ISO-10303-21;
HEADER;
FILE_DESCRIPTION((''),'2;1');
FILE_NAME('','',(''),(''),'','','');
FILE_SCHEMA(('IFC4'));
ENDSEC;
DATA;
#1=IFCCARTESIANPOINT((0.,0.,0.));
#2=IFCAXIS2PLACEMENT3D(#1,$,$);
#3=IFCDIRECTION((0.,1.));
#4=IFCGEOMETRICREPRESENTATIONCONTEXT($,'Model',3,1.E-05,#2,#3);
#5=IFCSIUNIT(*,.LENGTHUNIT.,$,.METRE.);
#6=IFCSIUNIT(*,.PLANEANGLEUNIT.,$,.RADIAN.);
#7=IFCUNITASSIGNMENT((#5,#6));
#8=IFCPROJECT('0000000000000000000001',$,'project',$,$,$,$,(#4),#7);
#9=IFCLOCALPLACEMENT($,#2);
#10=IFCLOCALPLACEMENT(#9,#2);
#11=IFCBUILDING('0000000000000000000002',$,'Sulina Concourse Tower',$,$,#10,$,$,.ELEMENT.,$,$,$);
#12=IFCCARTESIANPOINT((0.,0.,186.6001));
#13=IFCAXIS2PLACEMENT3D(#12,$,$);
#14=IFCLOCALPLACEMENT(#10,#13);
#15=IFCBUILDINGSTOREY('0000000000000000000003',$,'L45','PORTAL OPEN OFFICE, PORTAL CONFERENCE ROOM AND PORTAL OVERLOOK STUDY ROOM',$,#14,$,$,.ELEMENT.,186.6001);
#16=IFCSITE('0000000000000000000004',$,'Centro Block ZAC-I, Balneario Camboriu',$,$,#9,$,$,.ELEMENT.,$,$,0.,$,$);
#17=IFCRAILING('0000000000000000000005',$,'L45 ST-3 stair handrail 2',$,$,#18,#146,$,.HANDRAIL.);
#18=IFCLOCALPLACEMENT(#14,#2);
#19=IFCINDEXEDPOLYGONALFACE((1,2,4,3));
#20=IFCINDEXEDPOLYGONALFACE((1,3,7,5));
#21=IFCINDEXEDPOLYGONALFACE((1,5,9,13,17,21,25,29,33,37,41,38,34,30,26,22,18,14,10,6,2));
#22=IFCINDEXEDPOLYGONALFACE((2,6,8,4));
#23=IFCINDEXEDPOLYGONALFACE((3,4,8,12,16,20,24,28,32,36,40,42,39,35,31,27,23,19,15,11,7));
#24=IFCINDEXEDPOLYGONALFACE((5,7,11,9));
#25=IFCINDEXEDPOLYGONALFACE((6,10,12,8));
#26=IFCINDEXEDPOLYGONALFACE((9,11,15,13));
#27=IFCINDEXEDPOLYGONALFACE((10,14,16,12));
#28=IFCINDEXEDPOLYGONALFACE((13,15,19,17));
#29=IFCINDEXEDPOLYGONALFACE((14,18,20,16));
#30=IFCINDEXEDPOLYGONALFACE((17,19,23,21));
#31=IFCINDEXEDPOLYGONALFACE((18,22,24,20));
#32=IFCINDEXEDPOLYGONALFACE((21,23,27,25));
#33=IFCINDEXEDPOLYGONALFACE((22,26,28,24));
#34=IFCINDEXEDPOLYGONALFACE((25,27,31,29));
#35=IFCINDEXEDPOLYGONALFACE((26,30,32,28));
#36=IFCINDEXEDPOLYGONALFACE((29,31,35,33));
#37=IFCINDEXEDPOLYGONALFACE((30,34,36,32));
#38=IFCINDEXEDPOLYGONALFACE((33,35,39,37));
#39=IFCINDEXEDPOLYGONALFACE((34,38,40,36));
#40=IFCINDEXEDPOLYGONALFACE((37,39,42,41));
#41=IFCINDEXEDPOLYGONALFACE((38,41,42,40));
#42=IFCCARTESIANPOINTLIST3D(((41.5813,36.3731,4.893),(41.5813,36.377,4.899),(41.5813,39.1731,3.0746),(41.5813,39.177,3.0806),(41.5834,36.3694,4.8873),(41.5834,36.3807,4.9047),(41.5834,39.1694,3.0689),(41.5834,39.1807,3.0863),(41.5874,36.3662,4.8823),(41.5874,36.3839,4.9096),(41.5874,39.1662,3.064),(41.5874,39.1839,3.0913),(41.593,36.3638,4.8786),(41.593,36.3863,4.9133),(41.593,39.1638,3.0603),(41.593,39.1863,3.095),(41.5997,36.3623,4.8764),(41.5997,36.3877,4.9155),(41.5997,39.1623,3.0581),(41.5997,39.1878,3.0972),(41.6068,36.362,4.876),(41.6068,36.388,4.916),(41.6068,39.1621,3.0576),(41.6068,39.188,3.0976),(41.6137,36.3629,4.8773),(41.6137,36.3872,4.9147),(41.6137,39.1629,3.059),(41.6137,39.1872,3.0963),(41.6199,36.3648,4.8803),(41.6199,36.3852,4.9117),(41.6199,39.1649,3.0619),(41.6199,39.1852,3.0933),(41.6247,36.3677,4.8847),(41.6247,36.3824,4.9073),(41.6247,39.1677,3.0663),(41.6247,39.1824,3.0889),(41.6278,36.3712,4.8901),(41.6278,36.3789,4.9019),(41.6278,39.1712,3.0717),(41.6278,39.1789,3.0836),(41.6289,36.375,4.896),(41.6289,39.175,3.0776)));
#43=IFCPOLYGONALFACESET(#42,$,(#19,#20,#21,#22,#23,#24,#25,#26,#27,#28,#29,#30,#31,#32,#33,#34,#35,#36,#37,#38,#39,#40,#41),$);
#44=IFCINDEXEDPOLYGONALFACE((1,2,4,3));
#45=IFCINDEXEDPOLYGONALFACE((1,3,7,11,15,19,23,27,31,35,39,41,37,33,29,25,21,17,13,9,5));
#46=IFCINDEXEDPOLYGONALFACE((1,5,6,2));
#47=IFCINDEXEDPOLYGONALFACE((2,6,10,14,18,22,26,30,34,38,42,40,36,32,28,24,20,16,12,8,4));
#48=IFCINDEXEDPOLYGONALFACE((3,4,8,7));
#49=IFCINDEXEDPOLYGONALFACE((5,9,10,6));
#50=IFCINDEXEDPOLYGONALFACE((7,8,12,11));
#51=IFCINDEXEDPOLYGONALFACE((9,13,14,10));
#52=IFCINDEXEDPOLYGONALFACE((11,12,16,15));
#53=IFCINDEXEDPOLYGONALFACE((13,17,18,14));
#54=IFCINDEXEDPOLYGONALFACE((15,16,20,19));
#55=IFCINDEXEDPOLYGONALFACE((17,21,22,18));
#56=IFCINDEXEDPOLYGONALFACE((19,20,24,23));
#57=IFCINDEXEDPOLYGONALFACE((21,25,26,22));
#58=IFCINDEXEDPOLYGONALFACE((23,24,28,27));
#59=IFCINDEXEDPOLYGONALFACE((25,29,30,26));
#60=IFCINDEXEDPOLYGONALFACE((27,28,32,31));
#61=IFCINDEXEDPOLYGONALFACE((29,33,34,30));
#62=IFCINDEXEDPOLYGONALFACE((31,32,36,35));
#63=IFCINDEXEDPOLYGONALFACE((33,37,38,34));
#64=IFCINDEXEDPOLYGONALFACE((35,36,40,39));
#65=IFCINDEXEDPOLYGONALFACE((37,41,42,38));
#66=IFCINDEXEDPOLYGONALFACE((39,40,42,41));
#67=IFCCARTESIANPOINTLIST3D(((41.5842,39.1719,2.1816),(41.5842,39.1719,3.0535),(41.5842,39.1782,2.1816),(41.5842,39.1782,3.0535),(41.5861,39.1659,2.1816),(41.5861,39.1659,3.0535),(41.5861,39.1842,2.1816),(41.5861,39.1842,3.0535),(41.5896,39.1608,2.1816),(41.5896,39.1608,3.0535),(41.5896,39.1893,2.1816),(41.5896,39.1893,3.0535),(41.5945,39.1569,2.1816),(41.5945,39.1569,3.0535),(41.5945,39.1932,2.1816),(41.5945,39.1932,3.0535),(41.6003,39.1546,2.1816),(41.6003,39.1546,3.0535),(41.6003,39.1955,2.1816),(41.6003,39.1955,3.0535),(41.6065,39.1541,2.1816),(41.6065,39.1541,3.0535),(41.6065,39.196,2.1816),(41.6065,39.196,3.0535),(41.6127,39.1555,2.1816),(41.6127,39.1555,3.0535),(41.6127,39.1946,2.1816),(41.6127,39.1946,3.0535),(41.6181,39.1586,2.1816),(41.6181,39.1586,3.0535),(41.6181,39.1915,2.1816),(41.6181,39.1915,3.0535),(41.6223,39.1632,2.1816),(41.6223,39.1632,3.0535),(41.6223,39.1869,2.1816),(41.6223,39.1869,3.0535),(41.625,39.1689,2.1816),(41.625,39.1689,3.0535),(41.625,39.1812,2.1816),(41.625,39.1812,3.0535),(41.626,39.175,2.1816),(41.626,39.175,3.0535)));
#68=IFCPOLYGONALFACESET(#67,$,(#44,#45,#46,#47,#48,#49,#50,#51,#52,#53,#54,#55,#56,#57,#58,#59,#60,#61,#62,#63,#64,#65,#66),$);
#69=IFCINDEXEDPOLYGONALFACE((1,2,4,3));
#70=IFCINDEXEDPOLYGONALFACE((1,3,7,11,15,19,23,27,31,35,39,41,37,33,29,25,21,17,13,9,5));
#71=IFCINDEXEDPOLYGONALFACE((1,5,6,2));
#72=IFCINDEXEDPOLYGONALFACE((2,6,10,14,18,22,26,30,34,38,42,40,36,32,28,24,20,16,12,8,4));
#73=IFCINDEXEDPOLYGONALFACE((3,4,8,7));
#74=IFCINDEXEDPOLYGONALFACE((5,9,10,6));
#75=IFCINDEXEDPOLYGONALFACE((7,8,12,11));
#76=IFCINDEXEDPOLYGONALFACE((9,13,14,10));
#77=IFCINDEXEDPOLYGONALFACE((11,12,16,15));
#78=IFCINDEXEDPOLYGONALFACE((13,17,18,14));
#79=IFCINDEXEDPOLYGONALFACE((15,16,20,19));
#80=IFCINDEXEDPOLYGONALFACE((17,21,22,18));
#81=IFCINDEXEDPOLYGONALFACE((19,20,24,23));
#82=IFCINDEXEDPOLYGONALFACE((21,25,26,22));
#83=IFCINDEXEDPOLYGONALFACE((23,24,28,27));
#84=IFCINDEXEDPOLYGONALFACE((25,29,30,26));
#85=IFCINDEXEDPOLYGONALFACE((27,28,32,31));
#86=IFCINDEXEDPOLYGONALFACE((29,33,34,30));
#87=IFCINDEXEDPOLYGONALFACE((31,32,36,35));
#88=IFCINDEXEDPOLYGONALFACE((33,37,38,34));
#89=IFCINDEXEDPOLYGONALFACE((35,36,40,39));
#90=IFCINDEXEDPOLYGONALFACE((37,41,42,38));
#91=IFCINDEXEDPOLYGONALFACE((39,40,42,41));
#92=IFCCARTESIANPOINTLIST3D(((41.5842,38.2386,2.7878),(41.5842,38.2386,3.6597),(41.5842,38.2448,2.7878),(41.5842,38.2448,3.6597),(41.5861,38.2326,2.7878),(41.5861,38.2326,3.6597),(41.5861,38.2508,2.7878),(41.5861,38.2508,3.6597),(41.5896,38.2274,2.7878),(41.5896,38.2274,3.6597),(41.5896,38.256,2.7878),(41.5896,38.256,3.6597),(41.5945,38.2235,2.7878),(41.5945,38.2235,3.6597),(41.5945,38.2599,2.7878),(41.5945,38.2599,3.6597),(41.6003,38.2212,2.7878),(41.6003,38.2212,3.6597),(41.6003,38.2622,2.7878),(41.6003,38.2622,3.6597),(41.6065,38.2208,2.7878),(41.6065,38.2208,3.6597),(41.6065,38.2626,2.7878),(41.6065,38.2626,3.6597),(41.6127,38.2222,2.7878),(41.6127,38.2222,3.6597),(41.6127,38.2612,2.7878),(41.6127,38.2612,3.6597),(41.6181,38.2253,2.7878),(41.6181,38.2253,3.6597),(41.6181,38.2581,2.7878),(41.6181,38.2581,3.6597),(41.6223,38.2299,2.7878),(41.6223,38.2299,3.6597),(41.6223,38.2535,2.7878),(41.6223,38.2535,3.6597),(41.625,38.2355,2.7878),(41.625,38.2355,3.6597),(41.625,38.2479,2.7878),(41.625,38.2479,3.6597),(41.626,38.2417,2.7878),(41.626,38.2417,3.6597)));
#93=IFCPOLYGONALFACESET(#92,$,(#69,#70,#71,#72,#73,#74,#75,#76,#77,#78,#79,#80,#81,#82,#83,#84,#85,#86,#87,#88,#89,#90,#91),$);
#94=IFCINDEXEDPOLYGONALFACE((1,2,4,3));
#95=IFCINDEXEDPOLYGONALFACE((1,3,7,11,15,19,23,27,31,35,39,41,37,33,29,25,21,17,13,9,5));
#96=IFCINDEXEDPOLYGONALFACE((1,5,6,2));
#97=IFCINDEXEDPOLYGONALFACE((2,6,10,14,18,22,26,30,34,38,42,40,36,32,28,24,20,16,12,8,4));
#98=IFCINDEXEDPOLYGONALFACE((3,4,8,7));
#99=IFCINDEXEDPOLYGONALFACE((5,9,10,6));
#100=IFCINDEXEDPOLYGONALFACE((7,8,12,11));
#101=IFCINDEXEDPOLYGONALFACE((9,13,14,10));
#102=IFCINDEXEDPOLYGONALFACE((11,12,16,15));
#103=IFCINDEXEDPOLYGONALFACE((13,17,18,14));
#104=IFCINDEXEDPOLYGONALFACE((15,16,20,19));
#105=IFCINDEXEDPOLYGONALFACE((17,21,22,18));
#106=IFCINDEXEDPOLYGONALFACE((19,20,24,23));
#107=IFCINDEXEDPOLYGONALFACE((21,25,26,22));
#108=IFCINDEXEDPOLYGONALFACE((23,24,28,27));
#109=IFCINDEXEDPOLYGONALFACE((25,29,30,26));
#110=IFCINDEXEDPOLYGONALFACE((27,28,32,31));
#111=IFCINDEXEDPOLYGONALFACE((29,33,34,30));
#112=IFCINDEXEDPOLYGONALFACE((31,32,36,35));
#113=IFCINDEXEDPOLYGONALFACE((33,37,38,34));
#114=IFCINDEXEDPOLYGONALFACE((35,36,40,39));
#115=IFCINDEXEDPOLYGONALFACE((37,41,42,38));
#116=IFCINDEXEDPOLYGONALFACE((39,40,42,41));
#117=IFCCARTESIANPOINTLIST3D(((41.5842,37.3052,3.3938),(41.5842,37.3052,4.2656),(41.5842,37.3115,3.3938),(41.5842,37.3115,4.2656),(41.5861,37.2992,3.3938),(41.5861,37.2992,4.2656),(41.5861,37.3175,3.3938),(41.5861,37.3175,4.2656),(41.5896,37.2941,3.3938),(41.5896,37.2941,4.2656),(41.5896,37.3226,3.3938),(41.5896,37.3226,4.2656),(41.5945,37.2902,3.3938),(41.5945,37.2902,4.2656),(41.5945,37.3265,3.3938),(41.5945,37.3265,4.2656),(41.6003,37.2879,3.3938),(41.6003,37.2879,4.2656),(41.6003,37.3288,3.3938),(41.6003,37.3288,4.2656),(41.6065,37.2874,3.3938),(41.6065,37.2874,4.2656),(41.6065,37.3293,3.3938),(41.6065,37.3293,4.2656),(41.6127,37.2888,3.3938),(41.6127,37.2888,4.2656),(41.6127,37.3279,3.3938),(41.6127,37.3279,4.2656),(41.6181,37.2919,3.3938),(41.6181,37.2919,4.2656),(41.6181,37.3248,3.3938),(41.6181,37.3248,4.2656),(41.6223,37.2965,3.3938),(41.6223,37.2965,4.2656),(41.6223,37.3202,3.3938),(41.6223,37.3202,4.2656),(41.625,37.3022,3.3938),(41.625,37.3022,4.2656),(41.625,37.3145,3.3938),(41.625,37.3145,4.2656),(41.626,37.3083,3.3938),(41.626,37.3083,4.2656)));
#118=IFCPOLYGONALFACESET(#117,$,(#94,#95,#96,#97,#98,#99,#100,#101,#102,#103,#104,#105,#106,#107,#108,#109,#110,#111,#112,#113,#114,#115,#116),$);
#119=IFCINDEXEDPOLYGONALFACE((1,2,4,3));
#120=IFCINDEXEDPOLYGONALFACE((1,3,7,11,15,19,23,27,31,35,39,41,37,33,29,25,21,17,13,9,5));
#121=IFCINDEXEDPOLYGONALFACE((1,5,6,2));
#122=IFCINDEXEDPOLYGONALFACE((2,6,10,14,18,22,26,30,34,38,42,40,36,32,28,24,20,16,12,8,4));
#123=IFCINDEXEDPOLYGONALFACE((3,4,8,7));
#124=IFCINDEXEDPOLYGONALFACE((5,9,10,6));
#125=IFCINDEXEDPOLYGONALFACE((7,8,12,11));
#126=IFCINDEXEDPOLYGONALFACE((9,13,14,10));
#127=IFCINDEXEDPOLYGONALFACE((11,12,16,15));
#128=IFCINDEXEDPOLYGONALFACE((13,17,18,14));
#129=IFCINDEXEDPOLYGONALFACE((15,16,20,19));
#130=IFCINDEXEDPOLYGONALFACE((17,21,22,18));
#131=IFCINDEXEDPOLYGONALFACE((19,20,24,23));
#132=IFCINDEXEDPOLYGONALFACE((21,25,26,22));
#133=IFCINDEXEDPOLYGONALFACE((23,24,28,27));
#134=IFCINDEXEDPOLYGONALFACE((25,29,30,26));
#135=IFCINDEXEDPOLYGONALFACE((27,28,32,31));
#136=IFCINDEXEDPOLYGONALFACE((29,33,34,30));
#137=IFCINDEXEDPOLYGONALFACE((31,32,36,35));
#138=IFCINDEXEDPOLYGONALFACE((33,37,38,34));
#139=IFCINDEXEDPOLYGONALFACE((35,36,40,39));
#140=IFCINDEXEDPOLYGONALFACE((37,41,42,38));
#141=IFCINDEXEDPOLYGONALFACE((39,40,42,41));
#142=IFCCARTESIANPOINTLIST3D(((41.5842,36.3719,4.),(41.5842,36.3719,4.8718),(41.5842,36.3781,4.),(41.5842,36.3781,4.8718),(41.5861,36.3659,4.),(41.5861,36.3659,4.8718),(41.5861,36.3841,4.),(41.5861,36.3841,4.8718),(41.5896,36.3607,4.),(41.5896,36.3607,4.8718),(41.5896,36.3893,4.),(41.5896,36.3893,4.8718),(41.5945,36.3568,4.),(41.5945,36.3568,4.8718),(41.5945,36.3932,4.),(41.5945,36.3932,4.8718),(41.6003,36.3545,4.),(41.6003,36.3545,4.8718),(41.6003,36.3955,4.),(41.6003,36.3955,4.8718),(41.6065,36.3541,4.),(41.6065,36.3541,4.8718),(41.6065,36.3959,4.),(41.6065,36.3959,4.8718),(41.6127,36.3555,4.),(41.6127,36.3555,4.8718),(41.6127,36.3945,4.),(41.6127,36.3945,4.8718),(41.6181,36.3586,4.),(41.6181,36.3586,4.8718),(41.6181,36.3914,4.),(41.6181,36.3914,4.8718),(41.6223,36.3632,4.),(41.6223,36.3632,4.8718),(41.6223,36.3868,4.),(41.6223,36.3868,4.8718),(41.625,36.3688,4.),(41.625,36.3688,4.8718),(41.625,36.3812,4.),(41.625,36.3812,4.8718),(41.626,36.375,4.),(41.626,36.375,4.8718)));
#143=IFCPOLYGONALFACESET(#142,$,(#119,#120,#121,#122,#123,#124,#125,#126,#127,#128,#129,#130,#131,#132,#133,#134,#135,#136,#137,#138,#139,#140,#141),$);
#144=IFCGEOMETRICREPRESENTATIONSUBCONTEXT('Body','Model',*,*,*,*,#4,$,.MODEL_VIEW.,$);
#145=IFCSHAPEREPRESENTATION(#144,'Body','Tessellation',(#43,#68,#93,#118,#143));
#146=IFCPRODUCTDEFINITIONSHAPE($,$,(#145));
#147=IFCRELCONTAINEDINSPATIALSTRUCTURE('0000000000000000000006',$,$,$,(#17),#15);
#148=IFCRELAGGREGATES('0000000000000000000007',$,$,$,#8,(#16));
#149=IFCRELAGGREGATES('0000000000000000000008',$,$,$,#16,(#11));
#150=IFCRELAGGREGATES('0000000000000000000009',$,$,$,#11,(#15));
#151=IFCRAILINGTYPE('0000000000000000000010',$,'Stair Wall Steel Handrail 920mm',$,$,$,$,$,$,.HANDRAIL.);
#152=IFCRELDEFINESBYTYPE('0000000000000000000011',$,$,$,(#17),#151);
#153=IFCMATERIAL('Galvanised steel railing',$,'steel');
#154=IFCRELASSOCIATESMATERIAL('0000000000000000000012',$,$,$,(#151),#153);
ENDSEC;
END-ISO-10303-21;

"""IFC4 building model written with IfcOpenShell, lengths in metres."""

from ifc_helpers import new_model, si_unit, direction, frame, origin, origin_2d, place, context, subcontext, project, spatial, circle, extrude, material, type_object, element, save


model = new_model("IFC4")

# Units and contexts
model_context = context("Model", 3, precision=1e-05, world=origin(), true_north=direction((0.0, 1.0)))
body_context = subcontext(model_context, "Body", "Model", "MODEL_VIEW")
ifc_project = project(units=[si_unit("LENGTHUNIT", "METRE"), si_unit("PLANEANGLEUNIT", "RADIAN")], contexts=[model_context])

# Site, building, storey
site_placement = place(None, origin())
site = spatial("IfcSite", under=ifc_project, at=site_placement, Name="Centro Block ZAC-I, Balneario Camboriu", CompositionType="ELEMENT", RefElevation=0.0)
building_placement = place(site_placement, origin())
building = spatial("IfcBuilding", under=site, at=building_placement, Name="Sulina Concourse Tower", CompositionType="ELEMENT")
storey_placement = place(building_placement, frame((0.0, 0.0, 186.6001)))
storey = spatial("IfcBuildingStorey", under=building, at=storey_placement, Name="L45", Description="PORTAL OPEN OFFICE, PORTAL CONFERENCE ROOM AND PORTAL OVERLOOK STUDY ROOM", CompositionType="ELEMENT", Elevation=186.6001)

# Railing
ifc_material_1 = material(Name="Galvanised steel railing", Category="steel")
railing_type_1 = type_object("IfcRailingType", Name="Stair Wall Steel Handrail 920mm", PredefinedType="HANDRAIL", material=ifc_material_1)
railing_1_placement = place(storey_placement, frame((41.605, 39.175, 2.1816)))
element("IfcRailing", 1, at=railing_1_placement, inside=storey, type_object=railing_type_1, Name="L45 ST-3 stair handrail 2", PredefinedType="HANDRAIL", context=body_context, shape_type="SweptSolid", body=[
    extrude(circle(Radius=0.0239, at=origin_2d()), frame((0.0, 0.0, 0.896), z_axis=(0.0, -0.838672, 0.544636), x_axis=(1.0, 0.0, 0.0)), (0.0, 0.0, 1.0), 3.3386),
    extrude(circle(Radius=0.021, at=origin_2d()), origin(), (0.0, 0.0, 1.0), 0.8718),
    extrude(circle(Radius=0.021, at=origin_2d()), frame((0.0, -0.9333, 0.6062)), (0.0, 0.0, 1.0), 0.8718),
    extrude(circle(Radius=0.021, at=origin_2d()), frame((0.0, -1.8667, 1.2122)), (0.0, 0.0, 1.0), 0.8718),
    extrude(circle(Radius=0.021, at=origin_2d()), frame((0.0, -2.8, 1.8184)), (0.0, 0.0, 1.0), 0.8718),
])

save(model, "model.ifc")
